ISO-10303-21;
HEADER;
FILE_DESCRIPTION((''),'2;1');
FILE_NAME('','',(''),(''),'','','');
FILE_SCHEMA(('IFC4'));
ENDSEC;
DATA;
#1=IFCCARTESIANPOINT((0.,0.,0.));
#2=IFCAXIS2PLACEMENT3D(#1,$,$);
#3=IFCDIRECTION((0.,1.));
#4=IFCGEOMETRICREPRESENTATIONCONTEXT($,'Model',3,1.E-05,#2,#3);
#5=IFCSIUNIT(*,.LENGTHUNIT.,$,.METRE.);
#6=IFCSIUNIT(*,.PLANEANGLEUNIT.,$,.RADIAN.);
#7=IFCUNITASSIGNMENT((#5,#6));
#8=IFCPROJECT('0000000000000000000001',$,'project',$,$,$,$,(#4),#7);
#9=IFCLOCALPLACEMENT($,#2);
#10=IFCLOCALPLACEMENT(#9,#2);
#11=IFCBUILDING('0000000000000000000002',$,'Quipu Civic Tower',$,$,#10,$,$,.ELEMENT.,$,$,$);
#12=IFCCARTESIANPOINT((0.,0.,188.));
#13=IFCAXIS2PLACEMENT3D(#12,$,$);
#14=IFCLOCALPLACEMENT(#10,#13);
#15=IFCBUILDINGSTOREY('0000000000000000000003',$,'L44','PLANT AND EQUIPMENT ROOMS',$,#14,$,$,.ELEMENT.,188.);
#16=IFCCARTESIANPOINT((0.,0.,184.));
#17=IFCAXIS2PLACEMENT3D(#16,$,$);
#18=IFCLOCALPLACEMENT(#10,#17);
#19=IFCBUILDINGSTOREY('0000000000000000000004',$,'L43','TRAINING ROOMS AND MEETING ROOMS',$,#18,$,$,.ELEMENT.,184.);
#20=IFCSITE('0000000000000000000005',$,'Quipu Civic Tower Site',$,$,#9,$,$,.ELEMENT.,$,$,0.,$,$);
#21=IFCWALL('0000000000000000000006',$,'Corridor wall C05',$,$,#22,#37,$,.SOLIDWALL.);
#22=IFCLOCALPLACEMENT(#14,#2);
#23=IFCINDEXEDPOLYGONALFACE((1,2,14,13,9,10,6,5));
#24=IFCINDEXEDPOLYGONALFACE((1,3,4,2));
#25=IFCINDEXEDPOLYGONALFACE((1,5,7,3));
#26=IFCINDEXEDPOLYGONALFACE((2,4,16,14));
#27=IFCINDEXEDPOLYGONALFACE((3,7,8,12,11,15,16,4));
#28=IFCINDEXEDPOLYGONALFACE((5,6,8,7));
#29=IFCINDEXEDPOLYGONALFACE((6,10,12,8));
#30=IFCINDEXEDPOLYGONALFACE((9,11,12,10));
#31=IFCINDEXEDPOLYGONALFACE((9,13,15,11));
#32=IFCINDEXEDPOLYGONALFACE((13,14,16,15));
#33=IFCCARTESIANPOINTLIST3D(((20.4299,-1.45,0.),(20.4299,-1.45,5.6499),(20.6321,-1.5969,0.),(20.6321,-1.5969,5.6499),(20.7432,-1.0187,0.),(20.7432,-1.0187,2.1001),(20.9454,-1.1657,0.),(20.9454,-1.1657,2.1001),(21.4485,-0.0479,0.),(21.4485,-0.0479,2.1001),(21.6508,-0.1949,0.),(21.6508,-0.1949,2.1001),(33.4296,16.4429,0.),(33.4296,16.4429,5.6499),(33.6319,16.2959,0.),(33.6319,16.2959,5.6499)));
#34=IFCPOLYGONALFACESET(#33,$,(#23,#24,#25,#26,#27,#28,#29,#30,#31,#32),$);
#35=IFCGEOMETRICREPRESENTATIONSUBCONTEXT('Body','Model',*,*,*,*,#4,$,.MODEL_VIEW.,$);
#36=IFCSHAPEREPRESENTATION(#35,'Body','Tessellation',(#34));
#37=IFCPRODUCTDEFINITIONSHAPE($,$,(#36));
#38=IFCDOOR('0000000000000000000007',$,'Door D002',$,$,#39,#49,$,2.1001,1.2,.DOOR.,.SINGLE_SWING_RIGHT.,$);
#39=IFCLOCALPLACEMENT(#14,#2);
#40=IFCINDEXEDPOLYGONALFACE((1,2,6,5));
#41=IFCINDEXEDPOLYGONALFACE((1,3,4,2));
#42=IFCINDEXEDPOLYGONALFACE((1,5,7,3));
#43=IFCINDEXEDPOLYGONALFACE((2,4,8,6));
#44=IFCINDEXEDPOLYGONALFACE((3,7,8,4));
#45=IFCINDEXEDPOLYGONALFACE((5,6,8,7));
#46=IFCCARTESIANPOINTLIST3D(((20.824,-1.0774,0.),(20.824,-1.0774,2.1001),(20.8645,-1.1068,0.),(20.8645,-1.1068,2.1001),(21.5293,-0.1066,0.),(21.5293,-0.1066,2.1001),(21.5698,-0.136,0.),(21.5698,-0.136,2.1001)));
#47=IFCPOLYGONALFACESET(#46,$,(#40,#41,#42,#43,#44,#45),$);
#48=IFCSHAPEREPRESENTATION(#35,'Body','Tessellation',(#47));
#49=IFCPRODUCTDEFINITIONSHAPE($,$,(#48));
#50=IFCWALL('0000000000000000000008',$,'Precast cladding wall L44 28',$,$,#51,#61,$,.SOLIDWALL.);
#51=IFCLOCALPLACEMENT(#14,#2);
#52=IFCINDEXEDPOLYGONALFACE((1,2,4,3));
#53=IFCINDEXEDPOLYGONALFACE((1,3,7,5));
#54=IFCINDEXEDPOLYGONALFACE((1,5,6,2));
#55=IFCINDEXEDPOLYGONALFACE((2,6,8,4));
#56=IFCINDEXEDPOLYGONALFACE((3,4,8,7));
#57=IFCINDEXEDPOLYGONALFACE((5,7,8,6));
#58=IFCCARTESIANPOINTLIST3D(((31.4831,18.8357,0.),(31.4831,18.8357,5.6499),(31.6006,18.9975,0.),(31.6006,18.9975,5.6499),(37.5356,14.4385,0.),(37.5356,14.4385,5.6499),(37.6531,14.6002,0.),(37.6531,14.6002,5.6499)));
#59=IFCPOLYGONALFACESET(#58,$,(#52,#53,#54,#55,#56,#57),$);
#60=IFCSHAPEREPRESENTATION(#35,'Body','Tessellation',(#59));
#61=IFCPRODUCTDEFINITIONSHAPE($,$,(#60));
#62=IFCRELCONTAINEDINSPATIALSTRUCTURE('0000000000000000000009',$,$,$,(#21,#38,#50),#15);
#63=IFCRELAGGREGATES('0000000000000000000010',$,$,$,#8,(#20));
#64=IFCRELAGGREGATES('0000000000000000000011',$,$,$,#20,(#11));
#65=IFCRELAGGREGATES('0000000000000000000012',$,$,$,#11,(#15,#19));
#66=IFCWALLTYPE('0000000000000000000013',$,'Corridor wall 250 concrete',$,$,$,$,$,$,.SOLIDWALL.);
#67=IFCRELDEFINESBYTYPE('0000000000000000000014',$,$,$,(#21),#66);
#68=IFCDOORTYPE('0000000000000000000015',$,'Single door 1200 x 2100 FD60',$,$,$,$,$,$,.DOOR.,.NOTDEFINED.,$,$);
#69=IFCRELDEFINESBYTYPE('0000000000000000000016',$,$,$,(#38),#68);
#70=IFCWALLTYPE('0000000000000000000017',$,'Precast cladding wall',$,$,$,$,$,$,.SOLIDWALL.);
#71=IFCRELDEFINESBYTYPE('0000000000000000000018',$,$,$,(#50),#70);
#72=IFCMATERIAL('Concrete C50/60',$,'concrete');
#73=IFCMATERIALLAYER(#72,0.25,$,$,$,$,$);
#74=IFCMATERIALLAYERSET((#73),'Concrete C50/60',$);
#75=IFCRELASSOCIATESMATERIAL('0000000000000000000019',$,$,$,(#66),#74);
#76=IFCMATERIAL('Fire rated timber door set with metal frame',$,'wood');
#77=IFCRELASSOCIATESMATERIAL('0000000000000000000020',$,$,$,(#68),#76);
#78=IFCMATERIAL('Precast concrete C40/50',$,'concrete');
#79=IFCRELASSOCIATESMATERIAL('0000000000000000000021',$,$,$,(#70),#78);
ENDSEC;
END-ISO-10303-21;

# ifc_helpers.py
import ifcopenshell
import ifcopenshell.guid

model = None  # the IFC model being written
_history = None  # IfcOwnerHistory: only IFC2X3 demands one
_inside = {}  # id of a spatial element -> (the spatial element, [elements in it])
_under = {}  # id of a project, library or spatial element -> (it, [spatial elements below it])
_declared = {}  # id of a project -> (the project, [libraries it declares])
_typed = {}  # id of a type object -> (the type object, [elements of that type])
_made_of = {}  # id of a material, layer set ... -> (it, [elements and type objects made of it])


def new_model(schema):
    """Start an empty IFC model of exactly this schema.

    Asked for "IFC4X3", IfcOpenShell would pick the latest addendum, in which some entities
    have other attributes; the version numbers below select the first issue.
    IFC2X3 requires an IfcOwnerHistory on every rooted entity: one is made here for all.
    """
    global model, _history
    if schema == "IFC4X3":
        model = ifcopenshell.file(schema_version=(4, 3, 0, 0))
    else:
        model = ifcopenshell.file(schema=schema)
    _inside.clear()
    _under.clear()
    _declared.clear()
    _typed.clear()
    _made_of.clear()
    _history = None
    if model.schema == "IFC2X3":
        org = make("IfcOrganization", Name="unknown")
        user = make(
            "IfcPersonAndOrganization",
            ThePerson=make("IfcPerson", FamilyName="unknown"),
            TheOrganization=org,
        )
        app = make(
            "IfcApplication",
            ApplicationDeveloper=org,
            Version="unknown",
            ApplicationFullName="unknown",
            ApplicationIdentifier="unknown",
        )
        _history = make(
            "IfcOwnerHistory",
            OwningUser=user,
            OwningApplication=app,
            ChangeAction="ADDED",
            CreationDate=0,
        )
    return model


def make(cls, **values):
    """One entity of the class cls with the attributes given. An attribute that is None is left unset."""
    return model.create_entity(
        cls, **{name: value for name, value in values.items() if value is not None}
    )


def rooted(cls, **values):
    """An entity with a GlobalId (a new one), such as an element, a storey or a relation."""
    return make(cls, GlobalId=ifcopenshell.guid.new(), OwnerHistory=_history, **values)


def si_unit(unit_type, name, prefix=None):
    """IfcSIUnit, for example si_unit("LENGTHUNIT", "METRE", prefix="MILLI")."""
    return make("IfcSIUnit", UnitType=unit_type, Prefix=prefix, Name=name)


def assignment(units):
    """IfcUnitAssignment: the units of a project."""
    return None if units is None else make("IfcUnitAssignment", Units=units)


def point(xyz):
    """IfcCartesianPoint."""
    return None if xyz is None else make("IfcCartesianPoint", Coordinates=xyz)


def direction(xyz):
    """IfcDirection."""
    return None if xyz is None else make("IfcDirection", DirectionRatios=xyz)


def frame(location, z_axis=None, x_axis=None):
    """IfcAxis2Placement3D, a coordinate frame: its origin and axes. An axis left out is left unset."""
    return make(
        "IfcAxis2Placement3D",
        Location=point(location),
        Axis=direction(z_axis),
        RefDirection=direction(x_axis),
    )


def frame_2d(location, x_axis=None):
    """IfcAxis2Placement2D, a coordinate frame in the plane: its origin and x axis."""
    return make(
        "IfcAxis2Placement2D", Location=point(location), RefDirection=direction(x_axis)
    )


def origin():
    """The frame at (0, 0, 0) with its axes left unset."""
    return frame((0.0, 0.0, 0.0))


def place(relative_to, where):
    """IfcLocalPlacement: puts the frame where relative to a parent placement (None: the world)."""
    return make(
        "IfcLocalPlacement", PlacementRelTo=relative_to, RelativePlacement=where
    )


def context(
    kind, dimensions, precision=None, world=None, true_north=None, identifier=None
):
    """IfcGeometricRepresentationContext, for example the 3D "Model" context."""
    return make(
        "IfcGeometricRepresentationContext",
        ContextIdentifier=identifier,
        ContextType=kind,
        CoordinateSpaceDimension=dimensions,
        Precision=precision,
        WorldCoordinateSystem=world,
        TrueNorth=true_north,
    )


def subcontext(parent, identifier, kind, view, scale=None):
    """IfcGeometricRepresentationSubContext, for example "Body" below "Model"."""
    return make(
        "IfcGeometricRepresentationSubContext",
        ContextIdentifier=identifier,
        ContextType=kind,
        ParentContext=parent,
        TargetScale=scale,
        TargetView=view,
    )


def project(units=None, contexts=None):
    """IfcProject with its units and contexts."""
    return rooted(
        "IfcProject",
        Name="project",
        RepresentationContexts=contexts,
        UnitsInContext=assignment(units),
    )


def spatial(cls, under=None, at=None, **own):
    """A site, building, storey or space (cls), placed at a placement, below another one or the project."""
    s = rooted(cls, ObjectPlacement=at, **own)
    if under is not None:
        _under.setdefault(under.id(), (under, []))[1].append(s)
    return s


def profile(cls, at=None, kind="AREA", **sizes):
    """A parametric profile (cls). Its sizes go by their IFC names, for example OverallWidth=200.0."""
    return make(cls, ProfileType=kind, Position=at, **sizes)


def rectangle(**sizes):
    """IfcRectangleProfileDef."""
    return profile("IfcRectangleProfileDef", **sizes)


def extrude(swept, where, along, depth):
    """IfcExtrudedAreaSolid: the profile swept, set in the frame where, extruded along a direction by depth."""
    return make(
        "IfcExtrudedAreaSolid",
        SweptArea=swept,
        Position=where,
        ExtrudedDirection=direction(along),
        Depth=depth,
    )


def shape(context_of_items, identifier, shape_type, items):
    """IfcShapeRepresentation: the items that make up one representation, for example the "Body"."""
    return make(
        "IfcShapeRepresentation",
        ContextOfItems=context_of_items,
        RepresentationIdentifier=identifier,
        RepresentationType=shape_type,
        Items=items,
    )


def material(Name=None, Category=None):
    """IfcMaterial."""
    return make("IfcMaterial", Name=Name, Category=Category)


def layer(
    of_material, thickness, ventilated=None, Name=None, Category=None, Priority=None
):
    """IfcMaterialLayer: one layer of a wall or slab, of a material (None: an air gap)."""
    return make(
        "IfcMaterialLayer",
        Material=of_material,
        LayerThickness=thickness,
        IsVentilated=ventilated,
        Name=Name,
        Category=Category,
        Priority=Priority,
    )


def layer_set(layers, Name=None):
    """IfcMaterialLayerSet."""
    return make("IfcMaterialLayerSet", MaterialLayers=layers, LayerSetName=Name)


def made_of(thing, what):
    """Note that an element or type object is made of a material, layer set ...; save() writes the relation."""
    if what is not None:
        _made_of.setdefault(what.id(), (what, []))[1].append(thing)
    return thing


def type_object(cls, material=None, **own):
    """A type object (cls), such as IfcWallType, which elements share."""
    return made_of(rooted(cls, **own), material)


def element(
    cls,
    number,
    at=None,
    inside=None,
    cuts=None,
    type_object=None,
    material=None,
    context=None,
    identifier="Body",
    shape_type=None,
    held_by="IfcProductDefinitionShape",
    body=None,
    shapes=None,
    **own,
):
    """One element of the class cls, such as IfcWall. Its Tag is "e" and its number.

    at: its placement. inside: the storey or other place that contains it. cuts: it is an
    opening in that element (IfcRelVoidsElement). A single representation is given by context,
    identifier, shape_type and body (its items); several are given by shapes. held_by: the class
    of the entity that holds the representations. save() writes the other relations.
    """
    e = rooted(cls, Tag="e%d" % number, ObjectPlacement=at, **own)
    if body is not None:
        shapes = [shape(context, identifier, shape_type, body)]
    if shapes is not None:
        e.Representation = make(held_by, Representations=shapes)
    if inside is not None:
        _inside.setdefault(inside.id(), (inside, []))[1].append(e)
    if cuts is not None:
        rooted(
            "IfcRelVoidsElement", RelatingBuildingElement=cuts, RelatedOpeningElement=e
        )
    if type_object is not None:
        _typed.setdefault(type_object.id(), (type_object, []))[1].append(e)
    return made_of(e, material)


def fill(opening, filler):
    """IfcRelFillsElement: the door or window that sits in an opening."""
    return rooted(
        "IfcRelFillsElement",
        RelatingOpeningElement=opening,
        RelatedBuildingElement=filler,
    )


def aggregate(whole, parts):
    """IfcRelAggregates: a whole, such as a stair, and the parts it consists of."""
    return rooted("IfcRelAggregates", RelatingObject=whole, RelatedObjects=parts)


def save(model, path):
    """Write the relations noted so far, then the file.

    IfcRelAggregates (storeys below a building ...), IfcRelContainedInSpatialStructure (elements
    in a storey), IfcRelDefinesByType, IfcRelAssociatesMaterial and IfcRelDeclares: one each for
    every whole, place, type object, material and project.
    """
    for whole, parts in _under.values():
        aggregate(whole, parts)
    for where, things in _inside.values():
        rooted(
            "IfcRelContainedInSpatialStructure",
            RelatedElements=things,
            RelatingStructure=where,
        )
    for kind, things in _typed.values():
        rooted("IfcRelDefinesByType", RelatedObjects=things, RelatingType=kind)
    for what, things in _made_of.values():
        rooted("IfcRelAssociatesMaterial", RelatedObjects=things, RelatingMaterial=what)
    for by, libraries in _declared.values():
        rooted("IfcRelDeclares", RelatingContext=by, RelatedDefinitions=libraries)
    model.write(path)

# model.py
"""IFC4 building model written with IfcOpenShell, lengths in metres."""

from ifc_helpers import new_model, si_unit, direction, frame, frame_2d, origin, place, context, subcontext, project, spatial, rectangle, extrude, material, layer, layer_set, type_object, element, fill, save


model = new_model("IFC4")

# Units and contexts
model_context = context("Model", 3, precision=1e-05, world=origin(), true_north=direction((0.0, 1.0)))
body_context = subcontext(model_context, "Body", "Model", "MODEL_VIEW")
ifc_project = project(units=[si_unit("LENGTHUNIT", "METRE"), si_unit("PLANEANGLEUNIT", "RADIAN")], contexts=[model_context])

# Site, building, storey
site_placement = place(None, origin())
site = spatial("IfcSite", under=ifc_project, at=site_placement, Name="Quipu Civic Tower Site", CompositionType="ELEMENT", RefElevation=0.0)
building_placement = place(site_placement, origin())
building = spatial("IfcBuilding", under=site, at=building_placement, Name="Quipu Civic Tower", CompositionType="ELEMENT")
storey_1_placement = place(building_placement, frame((0.0, 0.0, 188.0)))
storey_1 = spatial("IfcBuildingStorey", under=building, at=storey_1_placement, Name="L44", Description="PLANT AND EQUIPMENT ROOMS", CompositionType="ELEMENT", Elevation=188.0)

# Shared definitions
storey_2_placement = place(building_placement, frame((0.0, 0.0, 184.0)))
storey_2 = spatial("IfcBuildingStorey", under=building, at=storey_2_placement, Name="L43", Description="TRAINING ROOMS AND MEETING ROOMS", CompositionType="ELEMENT", Elevation=184.0)

# Wall, opening, door
ifc_material_1 = material(Name="Concrete C50/60", Category="concrete")
ifc_layer_1 = layer(ifc_material_1, 0.25)
ifc_layer_set_1 = layer_set([ifc_layer_1], Name="Concrete C50/60")
wall_type_1 = type_object("IfcWallType", Name="Corridor wall 250 concrete", PredefinedType="SOLIDWALL", material=ifc_layer_set_1)
wall_1_placement = place(storey_1_placement, frame((33.5308, 16.3694, 0.0), z_axis=(0.0, 0.0, 1.0), x_axis=(-0.587781, -0.80902, 0.0)))
wall_1 = element("IfcWall", 1, at=wall_1_placement, inside=storey_1, type_object=wall_type_1, Name="Corridor wall C05", PredefinedType="SOLIDWALL", context=body_context, shape_type="SweptSolid", body=[
    extrude(rectangle(XDim=22.1167, YDim=0.25, at=frame_2d((11.0583, 0.0))), origin(), (0.0, 0.0, 1.0), 5.6499),
])
opening_placement = place(wall_1_placement, frame((20.3835, 0.0, 0.0)))
opening = element("IfcOpeningElement", 2, at=opening_placement, cuts=wall_1, PredefinedType="OPENING", context=body_context, shape_type="SweptSolid", body=[
    extrude(rectangle(XDim=1.2, YDim=2.1001, at=frame_2d((0.6001, 1.05))), frame((0.0, 0.135, 0.0), z_axis=(0.0, -1.0, 0.0), x_axis=(1.0, 0.0, 0.0)), (0.0, 0.0, 1.0), 0.27),
])
ifc_material_2 = material(Name="Fire rated timber door set with metal frame", Category="wood")
door_type = type_object("IfcDoorType", Name="Single door 1200 x 2100 FD60", OperationType="NOTDEFINED", PredefinedType="DOOR", material=ifc_material_2)
door_placement = place(opening_placement, origin())
door = element("IfcDoor", 3, at=door_placement, inside=storey_1, type_object=door_type, Name="Door D002", OperationType="SINGLE_SWING_RIGHT", OverallHeight=2.1001, OverallWidth=1.2, PredefinedType="DOOR", context=body_context, shape_type="SweptSolid", body=[
    extrude(rectangle(XDim=1.2, YDim=2.1001, at=frame_2d((0.6001, 1.05))), frame((0.0, 0.0249, 0.0), z_axis=(0.0, -1.0, 0.0), x_axis=(1.0, 0.0, 0.0)), (0.0, 0.0, 1.0), 0.05),
])
fill(opening, door)

# Wall
ifc_material_3 = material(Name="Precast concrete C40/50", Category="concrete")
wall_type_2 = type_object("IfcWallType", Name="Precast cladding wall", PredefinedType="SOLIDWALL", material=ifc_material_3)
wall_2_placement = place(storey_1_placement, frame((37.5945, 14.5193, 0.0), z_axis=(0.0, 0.0, 1.0), x_axis=(-0.809028, 0.58777, 0.0)))
element("IfcWall", 4, at=wall_2_placement, inside=storey_1, type_object=wall_type_2, Name="Precast cladding wall L44 28", PredefinedType="SOLIDWALL", context=body_context, shape_type="SweptSolid", body=[
    extrude(rectangle(XDim=7.4812, YDim=0.2, at=frame_2d((3.7407, 0.0))), origin(), (0.0, 0.0, 1.0), 5.6499),
])

save(model, "model.ifc")
